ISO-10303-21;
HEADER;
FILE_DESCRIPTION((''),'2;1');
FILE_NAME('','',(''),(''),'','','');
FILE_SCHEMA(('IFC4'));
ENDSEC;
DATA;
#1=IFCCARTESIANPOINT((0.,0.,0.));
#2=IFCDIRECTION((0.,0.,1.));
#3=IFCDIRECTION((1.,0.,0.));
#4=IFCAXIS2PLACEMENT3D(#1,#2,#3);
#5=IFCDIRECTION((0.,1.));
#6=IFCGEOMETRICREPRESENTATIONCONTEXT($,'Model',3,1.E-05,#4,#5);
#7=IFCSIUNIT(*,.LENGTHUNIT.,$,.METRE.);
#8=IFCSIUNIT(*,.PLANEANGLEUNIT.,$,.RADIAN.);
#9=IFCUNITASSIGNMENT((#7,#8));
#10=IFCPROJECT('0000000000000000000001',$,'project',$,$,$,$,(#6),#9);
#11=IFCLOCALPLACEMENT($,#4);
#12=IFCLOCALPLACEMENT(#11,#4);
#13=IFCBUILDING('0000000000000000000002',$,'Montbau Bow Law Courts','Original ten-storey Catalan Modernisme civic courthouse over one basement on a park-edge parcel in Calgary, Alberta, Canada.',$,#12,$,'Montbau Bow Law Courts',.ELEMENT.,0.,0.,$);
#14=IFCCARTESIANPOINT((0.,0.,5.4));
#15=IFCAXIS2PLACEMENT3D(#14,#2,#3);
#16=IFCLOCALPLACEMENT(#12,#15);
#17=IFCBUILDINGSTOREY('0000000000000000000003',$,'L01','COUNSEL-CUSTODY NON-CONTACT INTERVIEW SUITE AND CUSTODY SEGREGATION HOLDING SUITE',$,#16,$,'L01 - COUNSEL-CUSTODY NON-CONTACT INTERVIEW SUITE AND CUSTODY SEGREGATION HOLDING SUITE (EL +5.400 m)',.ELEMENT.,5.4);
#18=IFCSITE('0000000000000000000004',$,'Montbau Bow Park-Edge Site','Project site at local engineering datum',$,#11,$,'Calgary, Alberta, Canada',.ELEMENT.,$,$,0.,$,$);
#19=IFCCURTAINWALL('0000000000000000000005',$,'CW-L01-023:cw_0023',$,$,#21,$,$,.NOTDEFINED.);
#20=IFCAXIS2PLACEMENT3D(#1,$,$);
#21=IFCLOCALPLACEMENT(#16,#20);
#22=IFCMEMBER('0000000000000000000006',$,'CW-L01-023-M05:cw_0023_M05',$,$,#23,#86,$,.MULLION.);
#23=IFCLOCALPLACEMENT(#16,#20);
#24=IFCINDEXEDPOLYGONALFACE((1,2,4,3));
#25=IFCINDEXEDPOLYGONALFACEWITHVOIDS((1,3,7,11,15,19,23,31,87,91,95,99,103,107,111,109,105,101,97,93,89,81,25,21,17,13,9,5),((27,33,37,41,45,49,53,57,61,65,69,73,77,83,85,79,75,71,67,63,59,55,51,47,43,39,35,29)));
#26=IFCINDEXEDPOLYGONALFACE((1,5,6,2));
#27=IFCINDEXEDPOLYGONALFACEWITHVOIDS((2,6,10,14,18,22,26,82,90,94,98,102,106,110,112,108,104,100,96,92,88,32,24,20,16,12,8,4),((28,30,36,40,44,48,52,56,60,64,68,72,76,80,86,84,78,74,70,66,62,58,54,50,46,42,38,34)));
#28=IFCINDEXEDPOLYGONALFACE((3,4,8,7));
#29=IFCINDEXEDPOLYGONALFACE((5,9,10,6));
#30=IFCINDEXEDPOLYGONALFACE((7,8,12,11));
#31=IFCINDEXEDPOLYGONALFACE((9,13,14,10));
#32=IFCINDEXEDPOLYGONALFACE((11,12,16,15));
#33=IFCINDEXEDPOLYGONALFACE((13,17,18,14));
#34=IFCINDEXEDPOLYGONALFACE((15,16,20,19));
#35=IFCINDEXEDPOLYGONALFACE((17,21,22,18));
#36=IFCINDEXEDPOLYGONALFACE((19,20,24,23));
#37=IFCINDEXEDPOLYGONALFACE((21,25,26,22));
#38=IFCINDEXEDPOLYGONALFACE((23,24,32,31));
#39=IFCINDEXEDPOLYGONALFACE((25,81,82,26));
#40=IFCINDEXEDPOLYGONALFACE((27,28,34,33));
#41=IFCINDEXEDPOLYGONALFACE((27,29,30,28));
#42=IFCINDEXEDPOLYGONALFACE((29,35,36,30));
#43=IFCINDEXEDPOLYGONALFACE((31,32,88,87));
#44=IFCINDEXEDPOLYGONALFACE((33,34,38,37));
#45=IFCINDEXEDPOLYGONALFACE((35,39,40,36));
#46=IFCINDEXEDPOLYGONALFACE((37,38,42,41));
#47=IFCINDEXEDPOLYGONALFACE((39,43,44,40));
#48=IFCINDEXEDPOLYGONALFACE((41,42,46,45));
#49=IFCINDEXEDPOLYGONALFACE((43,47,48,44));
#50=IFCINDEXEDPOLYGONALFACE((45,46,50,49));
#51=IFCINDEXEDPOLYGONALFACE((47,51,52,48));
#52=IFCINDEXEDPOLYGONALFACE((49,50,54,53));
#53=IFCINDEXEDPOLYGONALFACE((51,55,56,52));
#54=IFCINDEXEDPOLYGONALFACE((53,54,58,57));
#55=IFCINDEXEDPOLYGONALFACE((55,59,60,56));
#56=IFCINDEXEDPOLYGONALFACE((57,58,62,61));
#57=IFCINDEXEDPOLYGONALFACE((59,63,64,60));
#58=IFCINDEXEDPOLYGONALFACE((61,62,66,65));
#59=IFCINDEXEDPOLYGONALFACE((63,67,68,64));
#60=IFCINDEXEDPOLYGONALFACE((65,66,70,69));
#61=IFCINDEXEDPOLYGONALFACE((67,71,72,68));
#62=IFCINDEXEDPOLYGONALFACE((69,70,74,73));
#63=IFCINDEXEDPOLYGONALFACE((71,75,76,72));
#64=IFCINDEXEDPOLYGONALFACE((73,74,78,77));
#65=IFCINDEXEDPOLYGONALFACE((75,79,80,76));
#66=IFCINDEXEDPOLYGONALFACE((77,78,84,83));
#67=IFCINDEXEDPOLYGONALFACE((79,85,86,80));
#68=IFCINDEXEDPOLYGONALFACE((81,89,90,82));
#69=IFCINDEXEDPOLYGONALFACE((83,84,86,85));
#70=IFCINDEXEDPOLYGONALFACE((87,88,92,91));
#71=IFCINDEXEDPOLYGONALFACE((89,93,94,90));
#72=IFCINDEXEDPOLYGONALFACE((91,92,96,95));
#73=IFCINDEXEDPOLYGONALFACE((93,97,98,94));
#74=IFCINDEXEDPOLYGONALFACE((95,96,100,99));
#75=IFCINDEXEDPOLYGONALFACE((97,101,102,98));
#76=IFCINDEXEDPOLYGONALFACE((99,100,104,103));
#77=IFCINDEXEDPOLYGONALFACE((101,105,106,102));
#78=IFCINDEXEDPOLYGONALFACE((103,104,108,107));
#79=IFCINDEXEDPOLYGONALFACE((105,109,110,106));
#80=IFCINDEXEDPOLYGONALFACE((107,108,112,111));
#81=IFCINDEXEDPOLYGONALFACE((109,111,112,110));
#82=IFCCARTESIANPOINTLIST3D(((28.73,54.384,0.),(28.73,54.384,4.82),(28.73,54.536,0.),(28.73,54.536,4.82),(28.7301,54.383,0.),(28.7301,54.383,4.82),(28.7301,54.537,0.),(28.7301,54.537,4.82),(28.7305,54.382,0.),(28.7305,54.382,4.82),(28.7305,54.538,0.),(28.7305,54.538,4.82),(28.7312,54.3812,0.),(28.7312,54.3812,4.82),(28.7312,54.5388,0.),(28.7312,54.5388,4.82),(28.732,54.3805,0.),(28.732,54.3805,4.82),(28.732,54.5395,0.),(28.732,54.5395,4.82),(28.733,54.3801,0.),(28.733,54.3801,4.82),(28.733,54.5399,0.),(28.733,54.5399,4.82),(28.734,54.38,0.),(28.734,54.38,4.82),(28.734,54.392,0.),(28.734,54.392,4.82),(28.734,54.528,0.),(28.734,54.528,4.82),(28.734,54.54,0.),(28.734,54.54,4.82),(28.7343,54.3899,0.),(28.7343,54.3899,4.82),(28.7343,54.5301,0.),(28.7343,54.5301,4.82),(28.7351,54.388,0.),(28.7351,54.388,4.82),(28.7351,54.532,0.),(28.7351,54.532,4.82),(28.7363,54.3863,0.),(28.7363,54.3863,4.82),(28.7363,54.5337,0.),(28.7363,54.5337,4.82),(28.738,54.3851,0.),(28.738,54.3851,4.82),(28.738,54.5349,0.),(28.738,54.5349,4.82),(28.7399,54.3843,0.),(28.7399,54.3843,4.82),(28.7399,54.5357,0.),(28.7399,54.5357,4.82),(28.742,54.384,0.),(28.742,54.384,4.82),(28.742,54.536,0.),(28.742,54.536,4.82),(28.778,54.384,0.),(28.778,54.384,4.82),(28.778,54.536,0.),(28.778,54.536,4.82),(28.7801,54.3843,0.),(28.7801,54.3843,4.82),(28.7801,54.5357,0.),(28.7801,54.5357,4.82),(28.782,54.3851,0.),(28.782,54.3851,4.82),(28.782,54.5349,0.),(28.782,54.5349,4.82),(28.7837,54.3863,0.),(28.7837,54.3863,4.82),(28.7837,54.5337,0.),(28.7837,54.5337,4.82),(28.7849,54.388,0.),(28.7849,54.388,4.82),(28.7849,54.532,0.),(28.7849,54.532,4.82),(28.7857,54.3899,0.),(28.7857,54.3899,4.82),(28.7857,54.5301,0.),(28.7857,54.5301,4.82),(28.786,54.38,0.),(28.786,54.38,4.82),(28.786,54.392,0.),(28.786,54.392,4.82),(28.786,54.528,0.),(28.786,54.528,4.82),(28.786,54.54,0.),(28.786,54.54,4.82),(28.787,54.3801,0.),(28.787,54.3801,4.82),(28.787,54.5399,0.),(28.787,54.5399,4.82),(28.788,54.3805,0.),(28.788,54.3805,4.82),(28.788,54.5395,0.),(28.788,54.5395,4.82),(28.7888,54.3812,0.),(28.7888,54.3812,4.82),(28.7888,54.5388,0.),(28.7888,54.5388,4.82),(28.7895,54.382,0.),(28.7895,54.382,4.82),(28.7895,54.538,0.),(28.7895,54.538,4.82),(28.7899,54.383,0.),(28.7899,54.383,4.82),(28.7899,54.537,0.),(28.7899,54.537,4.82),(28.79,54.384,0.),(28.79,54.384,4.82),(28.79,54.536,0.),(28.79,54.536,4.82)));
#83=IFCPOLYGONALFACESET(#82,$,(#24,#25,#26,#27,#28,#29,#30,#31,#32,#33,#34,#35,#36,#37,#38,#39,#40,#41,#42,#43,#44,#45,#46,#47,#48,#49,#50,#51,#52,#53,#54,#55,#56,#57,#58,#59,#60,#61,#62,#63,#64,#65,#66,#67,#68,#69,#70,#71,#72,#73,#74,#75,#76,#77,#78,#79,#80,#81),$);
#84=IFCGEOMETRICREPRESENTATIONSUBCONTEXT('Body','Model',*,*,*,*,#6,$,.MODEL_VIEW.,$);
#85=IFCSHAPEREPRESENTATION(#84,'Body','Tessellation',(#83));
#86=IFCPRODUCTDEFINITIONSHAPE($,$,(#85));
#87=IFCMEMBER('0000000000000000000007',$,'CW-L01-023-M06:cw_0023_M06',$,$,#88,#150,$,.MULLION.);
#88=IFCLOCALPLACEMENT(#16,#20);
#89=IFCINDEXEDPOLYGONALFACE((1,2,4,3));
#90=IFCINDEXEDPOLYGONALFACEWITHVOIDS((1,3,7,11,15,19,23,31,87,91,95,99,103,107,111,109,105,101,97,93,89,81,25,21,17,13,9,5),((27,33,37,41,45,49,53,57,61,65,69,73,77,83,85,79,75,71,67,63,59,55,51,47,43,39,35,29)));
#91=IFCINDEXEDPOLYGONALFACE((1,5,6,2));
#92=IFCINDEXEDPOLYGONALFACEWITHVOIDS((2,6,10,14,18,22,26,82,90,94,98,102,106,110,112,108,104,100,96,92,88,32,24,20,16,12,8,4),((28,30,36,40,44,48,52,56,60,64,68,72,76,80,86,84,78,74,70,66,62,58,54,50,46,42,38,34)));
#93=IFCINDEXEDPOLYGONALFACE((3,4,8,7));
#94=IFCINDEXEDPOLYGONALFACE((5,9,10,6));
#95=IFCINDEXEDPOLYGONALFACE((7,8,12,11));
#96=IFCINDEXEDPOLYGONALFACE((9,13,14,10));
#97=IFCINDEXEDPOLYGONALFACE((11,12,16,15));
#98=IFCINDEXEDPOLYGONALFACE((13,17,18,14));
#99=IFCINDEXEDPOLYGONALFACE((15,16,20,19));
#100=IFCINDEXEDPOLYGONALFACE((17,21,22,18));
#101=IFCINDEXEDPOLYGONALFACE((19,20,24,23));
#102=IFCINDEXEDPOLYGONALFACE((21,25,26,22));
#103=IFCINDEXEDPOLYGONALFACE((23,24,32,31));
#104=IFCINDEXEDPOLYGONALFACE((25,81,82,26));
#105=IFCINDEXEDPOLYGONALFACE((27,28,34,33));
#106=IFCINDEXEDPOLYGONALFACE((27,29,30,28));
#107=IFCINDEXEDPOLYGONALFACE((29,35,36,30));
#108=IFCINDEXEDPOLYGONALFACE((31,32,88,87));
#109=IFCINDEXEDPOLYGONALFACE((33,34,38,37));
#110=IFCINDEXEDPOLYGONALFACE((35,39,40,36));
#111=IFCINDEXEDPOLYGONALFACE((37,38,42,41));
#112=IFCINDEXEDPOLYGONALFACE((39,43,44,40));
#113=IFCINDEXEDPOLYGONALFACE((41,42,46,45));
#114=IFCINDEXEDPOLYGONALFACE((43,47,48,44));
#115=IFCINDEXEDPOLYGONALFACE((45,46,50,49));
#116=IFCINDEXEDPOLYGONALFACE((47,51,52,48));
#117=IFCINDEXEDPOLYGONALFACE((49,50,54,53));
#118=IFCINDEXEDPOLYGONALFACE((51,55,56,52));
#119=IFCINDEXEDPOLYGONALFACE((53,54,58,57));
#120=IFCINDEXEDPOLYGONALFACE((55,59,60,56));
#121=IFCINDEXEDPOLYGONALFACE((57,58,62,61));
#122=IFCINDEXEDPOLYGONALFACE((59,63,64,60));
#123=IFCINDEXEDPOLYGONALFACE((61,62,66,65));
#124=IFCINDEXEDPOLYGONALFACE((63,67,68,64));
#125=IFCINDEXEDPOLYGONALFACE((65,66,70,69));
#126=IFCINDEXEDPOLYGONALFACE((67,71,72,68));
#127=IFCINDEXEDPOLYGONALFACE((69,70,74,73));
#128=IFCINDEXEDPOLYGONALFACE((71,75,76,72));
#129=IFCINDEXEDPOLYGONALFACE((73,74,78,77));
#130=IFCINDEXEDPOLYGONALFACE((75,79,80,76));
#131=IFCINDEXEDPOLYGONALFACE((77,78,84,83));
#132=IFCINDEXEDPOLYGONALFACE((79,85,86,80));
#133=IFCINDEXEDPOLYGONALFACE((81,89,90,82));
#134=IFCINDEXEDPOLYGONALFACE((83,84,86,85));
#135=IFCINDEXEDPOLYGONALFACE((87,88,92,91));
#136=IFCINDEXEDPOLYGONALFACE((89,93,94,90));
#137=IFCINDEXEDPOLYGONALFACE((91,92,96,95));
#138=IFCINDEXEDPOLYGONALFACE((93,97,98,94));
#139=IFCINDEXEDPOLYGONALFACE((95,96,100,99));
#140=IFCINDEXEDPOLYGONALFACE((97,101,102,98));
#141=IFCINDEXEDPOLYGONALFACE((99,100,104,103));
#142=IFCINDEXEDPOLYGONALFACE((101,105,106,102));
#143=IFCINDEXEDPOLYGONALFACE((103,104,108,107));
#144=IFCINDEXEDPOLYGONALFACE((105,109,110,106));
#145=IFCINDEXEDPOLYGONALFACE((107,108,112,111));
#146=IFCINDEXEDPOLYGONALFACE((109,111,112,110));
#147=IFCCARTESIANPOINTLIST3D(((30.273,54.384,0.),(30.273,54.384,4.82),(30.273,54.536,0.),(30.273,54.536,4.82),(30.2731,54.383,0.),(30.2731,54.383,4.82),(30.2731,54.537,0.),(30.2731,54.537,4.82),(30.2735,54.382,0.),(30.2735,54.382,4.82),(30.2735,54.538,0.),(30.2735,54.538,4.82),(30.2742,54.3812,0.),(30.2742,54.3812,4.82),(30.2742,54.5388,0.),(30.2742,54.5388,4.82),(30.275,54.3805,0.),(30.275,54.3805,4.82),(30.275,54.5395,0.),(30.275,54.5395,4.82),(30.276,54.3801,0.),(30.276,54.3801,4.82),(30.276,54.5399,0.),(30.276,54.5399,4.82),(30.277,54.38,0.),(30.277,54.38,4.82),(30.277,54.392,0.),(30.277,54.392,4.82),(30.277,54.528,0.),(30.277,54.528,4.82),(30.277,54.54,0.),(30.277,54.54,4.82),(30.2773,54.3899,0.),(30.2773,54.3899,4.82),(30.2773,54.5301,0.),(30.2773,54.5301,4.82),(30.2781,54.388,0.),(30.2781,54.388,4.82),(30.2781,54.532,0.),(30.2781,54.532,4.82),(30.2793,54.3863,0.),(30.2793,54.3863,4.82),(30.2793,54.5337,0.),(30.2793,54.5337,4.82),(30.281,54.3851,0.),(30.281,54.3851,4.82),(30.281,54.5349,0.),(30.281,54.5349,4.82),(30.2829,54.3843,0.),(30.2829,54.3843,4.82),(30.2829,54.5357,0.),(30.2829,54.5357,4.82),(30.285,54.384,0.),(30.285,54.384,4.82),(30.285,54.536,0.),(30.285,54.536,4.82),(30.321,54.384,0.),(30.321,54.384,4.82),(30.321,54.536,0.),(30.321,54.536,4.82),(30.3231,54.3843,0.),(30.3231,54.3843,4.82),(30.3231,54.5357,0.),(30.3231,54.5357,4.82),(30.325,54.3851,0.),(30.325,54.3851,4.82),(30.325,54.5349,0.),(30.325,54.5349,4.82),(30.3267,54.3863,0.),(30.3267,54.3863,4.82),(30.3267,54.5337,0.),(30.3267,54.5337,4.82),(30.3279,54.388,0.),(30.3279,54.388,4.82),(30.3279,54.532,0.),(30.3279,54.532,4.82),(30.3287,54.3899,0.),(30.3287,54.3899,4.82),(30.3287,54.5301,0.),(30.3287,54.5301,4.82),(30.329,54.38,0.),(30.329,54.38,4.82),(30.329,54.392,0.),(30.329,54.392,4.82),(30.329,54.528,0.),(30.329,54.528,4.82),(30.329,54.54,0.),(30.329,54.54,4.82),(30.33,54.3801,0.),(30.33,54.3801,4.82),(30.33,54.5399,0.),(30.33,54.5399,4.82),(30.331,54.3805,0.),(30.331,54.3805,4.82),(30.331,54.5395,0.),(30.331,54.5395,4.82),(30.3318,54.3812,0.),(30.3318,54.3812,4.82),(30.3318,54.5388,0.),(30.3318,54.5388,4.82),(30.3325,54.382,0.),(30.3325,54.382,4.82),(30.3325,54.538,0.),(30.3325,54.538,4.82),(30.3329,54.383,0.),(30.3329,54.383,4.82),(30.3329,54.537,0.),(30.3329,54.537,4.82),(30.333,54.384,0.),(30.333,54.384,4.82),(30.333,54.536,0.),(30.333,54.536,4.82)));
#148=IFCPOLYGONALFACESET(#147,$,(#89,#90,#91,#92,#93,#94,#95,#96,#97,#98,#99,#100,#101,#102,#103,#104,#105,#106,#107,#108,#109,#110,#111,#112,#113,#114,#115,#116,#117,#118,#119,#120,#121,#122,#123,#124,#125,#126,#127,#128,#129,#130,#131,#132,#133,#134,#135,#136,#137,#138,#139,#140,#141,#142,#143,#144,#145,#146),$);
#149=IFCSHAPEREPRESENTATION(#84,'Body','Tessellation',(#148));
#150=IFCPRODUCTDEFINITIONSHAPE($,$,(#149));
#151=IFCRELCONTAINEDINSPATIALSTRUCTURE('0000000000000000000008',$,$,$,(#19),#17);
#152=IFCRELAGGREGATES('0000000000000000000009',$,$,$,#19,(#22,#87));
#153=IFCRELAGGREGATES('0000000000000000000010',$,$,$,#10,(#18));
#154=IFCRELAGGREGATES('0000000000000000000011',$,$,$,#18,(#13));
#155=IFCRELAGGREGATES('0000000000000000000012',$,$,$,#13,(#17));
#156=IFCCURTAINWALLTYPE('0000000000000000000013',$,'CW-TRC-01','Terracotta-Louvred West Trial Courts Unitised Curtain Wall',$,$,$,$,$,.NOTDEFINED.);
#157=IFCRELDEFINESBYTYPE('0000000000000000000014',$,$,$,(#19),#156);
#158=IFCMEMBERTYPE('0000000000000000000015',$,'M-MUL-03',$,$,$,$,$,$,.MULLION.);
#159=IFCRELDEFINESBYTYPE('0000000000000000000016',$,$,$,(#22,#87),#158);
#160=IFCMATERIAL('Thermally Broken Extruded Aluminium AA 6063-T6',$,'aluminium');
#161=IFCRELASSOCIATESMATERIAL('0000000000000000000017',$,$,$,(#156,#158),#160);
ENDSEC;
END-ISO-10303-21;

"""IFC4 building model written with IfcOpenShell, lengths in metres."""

from ifc_helpers import new_model, si_unit, direction, frame, origin_with_axes, origin_2d_with_axis, place, context, subcontext, project, spatial, hollow_rectangle, extrude, material, material_profile, profile_set, type_object, element, aggregate, save


model = new_model("IFC4")

# Units and contexts
model_context = context("Model", 3, precision=1e-05, world=origin_with_axes(), true_north=direction((0.0, 1.0)))
body_context = subcontext(model_context, "Body", "Model", "MODEL_VIEW")
ifc_project = project(units=[si_unit("LENGTHUNIT", "METRE"), si_unit("PLANEANGLEUNIT", "RADIAN")], contexts=[model_context])

# Site, building, storey
site_placement = place(None, origin_with_axes())
site = spatial("IfcSite", under=ifc_project, at=site_placement, Name="Montbau Bow Park-Edge Site", Description="Project site at local engineering datum", LongName="Calgary, Alberta, Canada", CompositionType="ELEMENT", RefElevation=0.0)
building_placement = place(site_placement, origin_with_axes())
building = spatial("IfcBuilding", under=site, at=building_placement, Name="Montbau Bow Law Courts", Description="Original ten-storey Catalan Modernisme civic courthouse over one basement on a park-edge parcel in Calgary, Alberta, Canada.", LongName="Montbau Bow Law Courts", CompositionType="ELEMENT", ElevationOfRefHeight=0.0, ElevationOfTerrain=0.0)
storey_placement = place(building_placement, frame((0.0, 0.0, 5.4), z_axis=(0.0, 0.0, 1.0), x_axis=(1.0, 0.0, 0.0)))
storey = spatial("IfcBuildingStorey", under=building, at=storey_placement, Name="L01", Description="COUNSEL-CUSTODY NON-CONTACT INTERVIEW SUITE AND CUSTODY SEGREGATION HOLDING SUITE", LongName="L01 - COUNSEL-CUSTODY NON-CONTACT INTERVIEW SUITE AND CUSTODY SEGREGATION HOLDING SUITE (EL +5.400 m)", CompositionType="ELEMENT", Elevation=5.4)

# Curtain wall, members
ifc_material_1 = material(Name="Thermally Broken Extruded Aluminium AA 6063-T6", Category="aluminium")
curtain_wall_type = type_object("IfcCurtainWallType", Name="CW-TRC-01", Description="Terracotta-Louvred West Trial Courts Unitised Curtain Wall", PredefinedType="NOTDEFINED", material=ifc_material_1)
curtain_wall_1_placement = place(None, frame((22.467, 54.46, 5.4), z_axis=(0.0, 0.0, 1.0), x_axis=(1.0, 0.0, 0.0)))
curtain_wall_1 = element("IfcCurtainWall", 1, at=curtain_wall_1_placement, inside=storey, type_object=curtain_wall_type, Name="CW-L01-023:cw_0023", PredefinedType="NOTDEFINED")
ifc_material_profile_1 = material_profile(ifc_material_1, hollow_rectangle(XDim=0.06, YDim=0.16, WallThickness=0.004, InnerFilletRadius=0.008, OuterFilletRadius=0.004, at=origin_2d_with_axis()), Name="CWM-160X60", Category="Main", Priority=0)
ifc_profile_set_1 = profile_set([ifc_material_profile_1], Name="Thermally Broken Extruded Aluminium AA 6063-T6")
member_type_1 = type_object("IfcMemberType", Name="M-MUL-03", PredefinedType="MULLION", material=ifc_profile_set_1)
member_1_placement = place(None, frame((28.76, 54.46, 5.4), z_axis=(0.0, 0.0, 1.0), x_axis=(1.0, 0.0, 0.0)))
member_1 = element("IfcMember", 2, at=member_1_placement, type_object=member_type_1, Name="CW-L01-023-M05:cw_0023_M05", PredefinedType="MULLION", context=body_context, shape_type="SweptSolid", body=[
    extrude(hollow_rectangle(XDim=0.06, YDim=0.16, WallThickness=0.004, InnerFilletRadius=0.008, OuterFilletRadius=0.004, at=origin_2d_with_axis()), origin_with_axes(), (0.0, 0.0, 1.0), 4.82),
])
member_2_placement = place(None, frame((30.303, 54.46, 5.4), z_axis=(0.0, 0.0, 1.0), x_axis=(1.0, 0.0, 0.0)))
member_2 = element("IfcMember", 3, at=member_2_placement, type_object=member_type_1, Name="CW-L01-023-M06:cw_0023_M06", PredefinedType="MULLION", context=body_context, shape_type="SweptSolid", body=[
    extrude(hollow_rectangle(XDim=0.06, YDim=0.16, WallThickness=0.004, InnerFilletRadius=0.008, OuterFilletRadius=0.004, at=origin_2d_with_axis()), origin_with_axes(), (0.0, 0.0, 1.0), 4.82),
])

aggregate(curtain_wall_1, [member_1, member_2])

save(model, "model.ifc")
